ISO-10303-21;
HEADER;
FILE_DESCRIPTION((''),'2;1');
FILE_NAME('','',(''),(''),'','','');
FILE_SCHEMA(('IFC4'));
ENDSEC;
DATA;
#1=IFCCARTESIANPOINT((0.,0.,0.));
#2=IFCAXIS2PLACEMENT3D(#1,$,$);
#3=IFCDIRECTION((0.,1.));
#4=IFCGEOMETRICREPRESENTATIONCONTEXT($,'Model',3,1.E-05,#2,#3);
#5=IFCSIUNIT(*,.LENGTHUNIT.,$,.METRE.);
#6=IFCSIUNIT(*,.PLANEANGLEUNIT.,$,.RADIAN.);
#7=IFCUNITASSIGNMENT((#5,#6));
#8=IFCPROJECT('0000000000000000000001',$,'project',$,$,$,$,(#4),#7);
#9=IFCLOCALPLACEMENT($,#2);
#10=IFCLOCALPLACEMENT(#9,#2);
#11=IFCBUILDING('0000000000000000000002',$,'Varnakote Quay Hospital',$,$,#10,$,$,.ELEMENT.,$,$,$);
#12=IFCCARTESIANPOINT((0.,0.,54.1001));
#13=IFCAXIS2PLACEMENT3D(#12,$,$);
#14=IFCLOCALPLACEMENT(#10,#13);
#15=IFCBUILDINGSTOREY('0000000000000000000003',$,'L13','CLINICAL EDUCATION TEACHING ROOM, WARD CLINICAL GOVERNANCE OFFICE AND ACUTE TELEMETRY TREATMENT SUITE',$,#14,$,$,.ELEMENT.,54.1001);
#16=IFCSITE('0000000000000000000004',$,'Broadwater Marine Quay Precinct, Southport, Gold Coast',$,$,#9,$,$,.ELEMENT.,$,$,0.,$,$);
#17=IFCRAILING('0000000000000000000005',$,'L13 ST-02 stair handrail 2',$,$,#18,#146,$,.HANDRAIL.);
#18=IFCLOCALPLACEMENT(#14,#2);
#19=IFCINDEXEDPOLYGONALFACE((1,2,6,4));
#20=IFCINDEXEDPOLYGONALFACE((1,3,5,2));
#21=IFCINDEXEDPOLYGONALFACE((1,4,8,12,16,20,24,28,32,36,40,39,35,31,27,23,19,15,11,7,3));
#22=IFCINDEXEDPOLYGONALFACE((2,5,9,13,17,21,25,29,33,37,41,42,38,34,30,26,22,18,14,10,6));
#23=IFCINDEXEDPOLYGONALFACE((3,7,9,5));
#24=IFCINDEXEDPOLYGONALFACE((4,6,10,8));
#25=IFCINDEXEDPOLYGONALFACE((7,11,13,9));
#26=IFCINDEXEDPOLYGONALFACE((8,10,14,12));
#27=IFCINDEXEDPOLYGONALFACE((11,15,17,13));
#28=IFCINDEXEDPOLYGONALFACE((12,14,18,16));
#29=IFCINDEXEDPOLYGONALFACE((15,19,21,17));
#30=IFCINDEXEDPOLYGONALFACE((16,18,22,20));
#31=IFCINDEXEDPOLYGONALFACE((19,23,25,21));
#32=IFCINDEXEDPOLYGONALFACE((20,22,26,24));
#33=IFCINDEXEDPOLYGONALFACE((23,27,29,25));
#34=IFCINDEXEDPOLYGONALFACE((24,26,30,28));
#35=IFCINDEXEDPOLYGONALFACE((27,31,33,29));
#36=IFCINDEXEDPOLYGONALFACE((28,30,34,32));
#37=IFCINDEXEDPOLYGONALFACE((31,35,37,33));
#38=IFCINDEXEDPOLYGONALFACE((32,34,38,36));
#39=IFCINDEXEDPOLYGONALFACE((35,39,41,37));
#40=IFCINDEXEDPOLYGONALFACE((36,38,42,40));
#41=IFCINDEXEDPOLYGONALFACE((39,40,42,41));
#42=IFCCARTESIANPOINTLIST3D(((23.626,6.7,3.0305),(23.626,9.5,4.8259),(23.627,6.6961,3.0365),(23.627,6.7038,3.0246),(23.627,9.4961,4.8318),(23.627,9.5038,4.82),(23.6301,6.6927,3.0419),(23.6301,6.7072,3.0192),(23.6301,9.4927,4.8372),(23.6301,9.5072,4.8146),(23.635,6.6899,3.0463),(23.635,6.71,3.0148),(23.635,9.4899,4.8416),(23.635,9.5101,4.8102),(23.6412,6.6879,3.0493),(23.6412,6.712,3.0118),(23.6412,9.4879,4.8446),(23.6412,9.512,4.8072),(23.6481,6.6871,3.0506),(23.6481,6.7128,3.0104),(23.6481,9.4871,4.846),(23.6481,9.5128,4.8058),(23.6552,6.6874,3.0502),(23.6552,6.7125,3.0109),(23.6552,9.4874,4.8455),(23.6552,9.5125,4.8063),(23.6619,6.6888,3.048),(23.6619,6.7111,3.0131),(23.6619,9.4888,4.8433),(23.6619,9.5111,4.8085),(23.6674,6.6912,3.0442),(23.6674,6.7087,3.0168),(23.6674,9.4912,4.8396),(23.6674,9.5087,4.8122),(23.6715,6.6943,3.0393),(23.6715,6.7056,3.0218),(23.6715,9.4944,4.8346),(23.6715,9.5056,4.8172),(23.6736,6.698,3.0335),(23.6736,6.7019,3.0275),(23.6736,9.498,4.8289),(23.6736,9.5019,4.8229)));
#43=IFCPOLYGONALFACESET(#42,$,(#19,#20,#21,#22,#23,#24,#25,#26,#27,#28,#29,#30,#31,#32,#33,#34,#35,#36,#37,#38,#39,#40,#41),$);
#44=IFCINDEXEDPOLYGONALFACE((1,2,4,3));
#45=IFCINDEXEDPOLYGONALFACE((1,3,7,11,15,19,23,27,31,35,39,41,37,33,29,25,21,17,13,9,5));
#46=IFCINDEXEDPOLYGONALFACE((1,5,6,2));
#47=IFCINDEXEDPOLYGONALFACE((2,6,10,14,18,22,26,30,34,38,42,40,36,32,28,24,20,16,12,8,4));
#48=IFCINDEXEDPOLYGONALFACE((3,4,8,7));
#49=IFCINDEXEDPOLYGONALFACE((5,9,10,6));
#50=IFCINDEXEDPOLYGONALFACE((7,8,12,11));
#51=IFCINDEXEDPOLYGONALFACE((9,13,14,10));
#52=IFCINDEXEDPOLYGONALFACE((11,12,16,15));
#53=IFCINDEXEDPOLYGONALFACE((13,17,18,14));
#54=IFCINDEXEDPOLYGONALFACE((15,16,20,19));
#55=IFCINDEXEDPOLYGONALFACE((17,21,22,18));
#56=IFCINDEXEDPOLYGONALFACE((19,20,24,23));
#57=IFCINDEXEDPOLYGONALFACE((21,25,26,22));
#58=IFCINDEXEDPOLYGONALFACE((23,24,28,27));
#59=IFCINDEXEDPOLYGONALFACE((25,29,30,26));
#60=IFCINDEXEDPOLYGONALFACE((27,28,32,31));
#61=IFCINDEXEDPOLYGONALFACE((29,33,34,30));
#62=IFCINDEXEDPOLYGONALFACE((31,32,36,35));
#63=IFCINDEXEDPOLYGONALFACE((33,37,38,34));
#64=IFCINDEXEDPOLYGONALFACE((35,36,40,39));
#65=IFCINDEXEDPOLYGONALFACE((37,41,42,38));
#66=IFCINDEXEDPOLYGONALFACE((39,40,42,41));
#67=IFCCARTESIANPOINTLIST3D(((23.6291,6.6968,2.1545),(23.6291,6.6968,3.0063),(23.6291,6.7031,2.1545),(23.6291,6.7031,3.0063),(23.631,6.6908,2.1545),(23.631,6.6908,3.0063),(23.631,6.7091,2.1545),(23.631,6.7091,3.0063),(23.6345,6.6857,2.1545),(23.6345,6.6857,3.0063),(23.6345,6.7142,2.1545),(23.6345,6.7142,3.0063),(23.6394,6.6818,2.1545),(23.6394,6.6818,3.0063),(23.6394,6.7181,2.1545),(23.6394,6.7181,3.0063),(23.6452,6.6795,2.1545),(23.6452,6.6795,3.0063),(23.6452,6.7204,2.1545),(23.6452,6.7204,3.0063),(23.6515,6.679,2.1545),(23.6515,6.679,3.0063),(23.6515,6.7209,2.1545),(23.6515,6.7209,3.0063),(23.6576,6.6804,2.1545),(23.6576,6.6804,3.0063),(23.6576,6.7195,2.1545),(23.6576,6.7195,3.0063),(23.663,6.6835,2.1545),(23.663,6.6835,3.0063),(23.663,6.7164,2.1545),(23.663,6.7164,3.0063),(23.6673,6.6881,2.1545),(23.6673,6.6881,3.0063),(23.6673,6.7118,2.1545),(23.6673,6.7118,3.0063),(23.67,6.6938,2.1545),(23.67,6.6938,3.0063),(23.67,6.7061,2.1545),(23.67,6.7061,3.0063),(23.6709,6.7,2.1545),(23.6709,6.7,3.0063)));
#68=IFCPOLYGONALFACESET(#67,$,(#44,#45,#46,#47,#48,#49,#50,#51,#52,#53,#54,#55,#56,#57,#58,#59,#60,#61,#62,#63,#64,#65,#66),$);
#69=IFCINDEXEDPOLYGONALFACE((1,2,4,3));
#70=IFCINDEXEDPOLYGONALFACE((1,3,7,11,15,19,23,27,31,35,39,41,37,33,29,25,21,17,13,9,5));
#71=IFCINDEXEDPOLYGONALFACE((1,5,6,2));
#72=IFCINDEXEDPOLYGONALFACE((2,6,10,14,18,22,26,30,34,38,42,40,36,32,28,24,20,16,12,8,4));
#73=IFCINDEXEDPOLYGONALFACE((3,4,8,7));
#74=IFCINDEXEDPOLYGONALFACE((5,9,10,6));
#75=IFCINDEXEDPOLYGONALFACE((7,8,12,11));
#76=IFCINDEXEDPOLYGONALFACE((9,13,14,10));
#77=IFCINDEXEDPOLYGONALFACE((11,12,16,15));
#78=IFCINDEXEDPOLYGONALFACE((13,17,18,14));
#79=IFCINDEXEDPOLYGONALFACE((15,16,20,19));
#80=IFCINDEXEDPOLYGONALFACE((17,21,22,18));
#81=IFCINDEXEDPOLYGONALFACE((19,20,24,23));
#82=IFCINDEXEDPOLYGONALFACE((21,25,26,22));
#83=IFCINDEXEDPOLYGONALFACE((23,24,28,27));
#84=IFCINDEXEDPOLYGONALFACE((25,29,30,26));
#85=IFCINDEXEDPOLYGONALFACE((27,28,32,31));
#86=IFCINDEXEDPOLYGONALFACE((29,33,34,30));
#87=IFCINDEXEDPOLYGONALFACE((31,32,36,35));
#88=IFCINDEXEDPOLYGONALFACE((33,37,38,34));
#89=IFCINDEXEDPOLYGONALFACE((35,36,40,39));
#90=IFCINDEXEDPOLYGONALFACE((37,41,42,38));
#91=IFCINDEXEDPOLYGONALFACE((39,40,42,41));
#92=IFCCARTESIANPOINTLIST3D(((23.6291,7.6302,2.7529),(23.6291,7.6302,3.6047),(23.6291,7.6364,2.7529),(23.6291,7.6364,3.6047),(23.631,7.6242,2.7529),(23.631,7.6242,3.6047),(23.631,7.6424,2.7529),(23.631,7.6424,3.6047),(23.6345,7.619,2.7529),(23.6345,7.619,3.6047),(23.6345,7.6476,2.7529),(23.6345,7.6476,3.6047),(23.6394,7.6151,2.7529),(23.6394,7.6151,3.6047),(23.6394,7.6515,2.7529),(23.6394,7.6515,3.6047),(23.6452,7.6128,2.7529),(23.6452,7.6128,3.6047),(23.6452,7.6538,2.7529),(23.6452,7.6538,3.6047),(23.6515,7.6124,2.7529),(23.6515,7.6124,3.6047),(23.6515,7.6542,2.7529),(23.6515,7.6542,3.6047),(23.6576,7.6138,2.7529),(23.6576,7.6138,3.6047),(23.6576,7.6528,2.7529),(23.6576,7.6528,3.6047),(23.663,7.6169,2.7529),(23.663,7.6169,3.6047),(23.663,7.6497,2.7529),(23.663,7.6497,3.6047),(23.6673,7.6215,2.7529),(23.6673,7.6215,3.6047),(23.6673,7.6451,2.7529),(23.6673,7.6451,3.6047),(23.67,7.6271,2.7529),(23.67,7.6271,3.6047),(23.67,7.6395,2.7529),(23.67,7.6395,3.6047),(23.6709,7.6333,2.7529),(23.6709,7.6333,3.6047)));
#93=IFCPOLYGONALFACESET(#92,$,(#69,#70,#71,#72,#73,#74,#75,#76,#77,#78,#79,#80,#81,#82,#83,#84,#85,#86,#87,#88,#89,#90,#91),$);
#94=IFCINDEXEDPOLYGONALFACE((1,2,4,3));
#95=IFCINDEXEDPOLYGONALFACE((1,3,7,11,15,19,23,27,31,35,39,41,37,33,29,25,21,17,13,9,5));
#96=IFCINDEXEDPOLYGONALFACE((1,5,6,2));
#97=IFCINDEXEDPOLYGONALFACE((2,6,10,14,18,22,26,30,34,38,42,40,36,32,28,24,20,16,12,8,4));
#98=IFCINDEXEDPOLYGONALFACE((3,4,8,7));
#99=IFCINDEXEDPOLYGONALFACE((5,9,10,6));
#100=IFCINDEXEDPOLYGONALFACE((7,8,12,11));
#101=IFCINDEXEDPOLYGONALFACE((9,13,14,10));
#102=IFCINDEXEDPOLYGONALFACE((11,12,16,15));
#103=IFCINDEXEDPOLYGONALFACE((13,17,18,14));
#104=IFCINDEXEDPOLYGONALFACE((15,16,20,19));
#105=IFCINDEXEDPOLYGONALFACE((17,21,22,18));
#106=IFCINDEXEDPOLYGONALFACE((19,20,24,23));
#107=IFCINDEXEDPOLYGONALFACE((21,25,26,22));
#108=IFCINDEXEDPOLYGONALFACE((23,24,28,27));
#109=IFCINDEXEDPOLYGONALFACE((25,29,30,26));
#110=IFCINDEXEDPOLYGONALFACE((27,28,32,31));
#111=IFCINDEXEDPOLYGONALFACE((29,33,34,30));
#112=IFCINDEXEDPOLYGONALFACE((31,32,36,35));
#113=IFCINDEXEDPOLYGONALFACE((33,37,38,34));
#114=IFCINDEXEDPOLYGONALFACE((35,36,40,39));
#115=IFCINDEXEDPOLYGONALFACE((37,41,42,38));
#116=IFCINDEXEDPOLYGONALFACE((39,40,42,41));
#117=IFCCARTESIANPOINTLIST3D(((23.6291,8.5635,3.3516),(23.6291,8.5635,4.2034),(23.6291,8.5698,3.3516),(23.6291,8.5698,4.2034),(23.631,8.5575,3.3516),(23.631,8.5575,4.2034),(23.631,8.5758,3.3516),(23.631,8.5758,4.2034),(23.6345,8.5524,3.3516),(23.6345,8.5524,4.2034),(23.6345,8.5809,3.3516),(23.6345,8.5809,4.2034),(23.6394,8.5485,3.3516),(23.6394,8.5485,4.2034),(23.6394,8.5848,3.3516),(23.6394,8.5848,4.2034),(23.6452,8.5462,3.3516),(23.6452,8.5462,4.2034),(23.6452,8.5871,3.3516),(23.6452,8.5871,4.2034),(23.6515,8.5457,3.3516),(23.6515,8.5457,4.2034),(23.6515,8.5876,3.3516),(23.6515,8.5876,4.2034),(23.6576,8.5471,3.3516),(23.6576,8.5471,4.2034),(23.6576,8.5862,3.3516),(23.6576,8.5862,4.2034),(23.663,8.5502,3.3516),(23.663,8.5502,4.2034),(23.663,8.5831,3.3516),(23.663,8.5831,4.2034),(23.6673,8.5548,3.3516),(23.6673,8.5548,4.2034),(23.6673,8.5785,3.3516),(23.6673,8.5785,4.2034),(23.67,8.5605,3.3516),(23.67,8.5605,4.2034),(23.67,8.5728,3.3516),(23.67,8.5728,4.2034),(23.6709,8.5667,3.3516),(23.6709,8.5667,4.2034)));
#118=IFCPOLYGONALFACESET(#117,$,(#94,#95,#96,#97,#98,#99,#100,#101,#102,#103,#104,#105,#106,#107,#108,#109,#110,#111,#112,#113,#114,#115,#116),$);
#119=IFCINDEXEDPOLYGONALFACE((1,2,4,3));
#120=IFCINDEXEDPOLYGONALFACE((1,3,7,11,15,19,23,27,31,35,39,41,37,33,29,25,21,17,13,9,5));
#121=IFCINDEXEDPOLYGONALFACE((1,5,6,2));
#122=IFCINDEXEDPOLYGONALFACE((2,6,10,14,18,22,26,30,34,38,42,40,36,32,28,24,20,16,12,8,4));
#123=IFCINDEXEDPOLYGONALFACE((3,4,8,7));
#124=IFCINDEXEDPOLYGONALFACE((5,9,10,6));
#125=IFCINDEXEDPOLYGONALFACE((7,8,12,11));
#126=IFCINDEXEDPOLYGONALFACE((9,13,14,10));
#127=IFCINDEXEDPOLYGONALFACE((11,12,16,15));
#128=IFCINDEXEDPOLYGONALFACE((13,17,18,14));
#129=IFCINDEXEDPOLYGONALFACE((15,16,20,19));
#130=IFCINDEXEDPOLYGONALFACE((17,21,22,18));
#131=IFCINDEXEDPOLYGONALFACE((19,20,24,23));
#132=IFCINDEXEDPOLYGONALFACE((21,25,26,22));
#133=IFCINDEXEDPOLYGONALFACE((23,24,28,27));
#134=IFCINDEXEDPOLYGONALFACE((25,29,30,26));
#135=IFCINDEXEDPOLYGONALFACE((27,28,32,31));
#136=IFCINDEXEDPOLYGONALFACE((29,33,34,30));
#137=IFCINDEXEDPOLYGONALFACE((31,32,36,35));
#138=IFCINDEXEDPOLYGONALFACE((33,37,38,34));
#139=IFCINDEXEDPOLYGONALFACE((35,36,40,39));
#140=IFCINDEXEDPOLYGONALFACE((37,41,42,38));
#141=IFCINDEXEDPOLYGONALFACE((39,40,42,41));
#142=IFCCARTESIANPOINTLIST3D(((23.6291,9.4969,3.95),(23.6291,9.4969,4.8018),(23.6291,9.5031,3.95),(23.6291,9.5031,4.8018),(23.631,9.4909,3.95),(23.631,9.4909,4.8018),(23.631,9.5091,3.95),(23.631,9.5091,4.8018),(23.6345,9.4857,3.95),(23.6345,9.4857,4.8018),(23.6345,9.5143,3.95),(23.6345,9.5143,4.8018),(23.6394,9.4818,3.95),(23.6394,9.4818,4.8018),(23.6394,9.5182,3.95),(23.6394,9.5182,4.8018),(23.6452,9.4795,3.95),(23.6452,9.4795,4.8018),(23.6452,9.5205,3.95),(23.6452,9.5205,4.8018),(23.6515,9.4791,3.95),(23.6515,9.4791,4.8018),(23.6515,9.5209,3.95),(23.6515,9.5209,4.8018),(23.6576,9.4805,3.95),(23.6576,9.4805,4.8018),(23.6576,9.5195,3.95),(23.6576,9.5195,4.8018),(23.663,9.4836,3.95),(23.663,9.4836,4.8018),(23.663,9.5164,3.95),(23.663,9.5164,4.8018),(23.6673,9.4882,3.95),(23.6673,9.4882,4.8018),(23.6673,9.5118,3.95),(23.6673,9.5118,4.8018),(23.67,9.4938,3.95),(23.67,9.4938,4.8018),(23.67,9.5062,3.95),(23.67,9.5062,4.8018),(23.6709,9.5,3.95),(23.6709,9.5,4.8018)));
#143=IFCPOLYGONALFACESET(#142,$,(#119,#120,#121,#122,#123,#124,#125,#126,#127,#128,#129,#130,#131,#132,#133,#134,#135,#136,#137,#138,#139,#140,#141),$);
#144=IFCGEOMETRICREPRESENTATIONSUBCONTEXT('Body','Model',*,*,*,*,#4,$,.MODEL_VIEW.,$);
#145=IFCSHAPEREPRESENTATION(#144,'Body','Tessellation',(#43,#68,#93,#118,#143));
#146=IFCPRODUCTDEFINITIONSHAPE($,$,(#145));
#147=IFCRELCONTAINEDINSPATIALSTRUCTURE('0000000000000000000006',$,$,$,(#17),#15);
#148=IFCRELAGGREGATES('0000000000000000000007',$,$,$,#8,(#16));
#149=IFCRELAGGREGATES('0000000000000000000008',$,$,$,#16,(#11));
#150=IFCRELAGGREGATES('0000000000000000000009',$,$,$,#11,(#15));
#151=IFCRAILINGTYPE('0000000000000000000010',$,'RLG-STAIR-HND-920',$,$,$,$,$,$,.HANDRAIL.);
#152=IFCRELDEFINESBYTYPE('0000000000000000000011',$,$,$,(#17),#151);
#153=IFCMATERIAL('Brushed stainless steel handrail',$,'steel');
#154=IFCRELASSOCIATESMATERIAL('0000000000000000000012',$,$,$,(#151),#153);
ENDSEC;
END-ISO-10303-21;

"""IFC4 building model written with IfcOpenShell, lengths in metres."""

from ifc_helpers import new_model, si_unit, direction, frame, origin, origin_2d, place, context, subcontext, project, spatial, circle, extrude, material, type_object, element, save


model = new_model("IFC4")

# Units and contexts
model_context = context("Model", 3, precision=1e-05, world=origin(), true_north=direction((0.0, 1.0)))
body_context = subcontext(model_context, "Body", "Model", "MODEL_VIEW")
ifc_project = project(units=[si_unit("LENGTHUNIT", "METRE"), si_unit("PLANEANGLEUNIT", "RADIAN")], contexts=[model_context])

# Site, building, storey
site_placement = place(None, origin())
site = spatial("IfcSite", under=ifc_project, at=site_placement, Name="Broadwater Marine Quay Precinct, Southport, Gold Coast", CompositionType="ELEMENT", RefElevation=0.0)
building_placement = place(site_placement, origin())
building = spatial("IfcBuilding", under=site, at=building_placement, Name="Varnakote Quay Hospital", CompositionType="ELEMENT")
storey_placement = place(building_placement, frame((0.0, 0.0, 54.1001)))
storey = spatial("IfcBuildingStorey", under=building, at=storey_placement, Name="L13", Description="CLINICAL EDUCATION TEACHING ROOM, WARD CLINICAL GOVERNANCE OFFICE AND ACUTE TELEMETRY TREATMENT SUITE", CompositionType="ELEMENT", Elevation=54.1001)

# Railing
ifc_material_1 = material(Name="Brushed stainless steel handrail", Category="steel")
railing_type_1 = type_object("IfcRailingType", Name="RLG-STAIR-HND-920", PredefinedType="HANDRAIL", material=ifc_material_1)
railing_1_placement = place(storey_placement, frame((23.6499, 6.7, 2.1545)))
element("IfcRailing", 1, at=railing_1_placement, inside=storey, type_object=railing_type_1, Name="L13 ST-02 stair handrail 2", PredefinedType="HANDRAIL", context=body_context, shape_type="SweptSolid", body=[
    extrude(circle(Radius=0.0239, at=origin_2d()), frame((0.0, 0.0, 0.876), z_axis=(0.0, 0.84181, 0.539774), x_axis=(-1.0, 0.0, 0.0)), (0.0, 0.0, 1.0), 3.3262),
    extrude(circle(Radius=0.021, at=origin_2d()), origin(), (0.0, 0.0, 1.0), 0.8518),
    extrude(circle(Radius=0.021, at=origin_2d()), frame((0.0, 0.9333, 0.5984)), (0.0, 0.0, 1.0), 0.8518),
    extrude(circle(Radius=0.021, at=origin_2d()), frame((0.0, 1.8667, 1.197)), (0.0, 0.0, 1.0), 0.8518),
    extrude(circle(Radius=0.021, at=origin_2d()), frame((0.0, 2.8, 1.7954)), (0.0, 0.0, 1.0), 0.8518),
])

save(model, "model.ifc")
